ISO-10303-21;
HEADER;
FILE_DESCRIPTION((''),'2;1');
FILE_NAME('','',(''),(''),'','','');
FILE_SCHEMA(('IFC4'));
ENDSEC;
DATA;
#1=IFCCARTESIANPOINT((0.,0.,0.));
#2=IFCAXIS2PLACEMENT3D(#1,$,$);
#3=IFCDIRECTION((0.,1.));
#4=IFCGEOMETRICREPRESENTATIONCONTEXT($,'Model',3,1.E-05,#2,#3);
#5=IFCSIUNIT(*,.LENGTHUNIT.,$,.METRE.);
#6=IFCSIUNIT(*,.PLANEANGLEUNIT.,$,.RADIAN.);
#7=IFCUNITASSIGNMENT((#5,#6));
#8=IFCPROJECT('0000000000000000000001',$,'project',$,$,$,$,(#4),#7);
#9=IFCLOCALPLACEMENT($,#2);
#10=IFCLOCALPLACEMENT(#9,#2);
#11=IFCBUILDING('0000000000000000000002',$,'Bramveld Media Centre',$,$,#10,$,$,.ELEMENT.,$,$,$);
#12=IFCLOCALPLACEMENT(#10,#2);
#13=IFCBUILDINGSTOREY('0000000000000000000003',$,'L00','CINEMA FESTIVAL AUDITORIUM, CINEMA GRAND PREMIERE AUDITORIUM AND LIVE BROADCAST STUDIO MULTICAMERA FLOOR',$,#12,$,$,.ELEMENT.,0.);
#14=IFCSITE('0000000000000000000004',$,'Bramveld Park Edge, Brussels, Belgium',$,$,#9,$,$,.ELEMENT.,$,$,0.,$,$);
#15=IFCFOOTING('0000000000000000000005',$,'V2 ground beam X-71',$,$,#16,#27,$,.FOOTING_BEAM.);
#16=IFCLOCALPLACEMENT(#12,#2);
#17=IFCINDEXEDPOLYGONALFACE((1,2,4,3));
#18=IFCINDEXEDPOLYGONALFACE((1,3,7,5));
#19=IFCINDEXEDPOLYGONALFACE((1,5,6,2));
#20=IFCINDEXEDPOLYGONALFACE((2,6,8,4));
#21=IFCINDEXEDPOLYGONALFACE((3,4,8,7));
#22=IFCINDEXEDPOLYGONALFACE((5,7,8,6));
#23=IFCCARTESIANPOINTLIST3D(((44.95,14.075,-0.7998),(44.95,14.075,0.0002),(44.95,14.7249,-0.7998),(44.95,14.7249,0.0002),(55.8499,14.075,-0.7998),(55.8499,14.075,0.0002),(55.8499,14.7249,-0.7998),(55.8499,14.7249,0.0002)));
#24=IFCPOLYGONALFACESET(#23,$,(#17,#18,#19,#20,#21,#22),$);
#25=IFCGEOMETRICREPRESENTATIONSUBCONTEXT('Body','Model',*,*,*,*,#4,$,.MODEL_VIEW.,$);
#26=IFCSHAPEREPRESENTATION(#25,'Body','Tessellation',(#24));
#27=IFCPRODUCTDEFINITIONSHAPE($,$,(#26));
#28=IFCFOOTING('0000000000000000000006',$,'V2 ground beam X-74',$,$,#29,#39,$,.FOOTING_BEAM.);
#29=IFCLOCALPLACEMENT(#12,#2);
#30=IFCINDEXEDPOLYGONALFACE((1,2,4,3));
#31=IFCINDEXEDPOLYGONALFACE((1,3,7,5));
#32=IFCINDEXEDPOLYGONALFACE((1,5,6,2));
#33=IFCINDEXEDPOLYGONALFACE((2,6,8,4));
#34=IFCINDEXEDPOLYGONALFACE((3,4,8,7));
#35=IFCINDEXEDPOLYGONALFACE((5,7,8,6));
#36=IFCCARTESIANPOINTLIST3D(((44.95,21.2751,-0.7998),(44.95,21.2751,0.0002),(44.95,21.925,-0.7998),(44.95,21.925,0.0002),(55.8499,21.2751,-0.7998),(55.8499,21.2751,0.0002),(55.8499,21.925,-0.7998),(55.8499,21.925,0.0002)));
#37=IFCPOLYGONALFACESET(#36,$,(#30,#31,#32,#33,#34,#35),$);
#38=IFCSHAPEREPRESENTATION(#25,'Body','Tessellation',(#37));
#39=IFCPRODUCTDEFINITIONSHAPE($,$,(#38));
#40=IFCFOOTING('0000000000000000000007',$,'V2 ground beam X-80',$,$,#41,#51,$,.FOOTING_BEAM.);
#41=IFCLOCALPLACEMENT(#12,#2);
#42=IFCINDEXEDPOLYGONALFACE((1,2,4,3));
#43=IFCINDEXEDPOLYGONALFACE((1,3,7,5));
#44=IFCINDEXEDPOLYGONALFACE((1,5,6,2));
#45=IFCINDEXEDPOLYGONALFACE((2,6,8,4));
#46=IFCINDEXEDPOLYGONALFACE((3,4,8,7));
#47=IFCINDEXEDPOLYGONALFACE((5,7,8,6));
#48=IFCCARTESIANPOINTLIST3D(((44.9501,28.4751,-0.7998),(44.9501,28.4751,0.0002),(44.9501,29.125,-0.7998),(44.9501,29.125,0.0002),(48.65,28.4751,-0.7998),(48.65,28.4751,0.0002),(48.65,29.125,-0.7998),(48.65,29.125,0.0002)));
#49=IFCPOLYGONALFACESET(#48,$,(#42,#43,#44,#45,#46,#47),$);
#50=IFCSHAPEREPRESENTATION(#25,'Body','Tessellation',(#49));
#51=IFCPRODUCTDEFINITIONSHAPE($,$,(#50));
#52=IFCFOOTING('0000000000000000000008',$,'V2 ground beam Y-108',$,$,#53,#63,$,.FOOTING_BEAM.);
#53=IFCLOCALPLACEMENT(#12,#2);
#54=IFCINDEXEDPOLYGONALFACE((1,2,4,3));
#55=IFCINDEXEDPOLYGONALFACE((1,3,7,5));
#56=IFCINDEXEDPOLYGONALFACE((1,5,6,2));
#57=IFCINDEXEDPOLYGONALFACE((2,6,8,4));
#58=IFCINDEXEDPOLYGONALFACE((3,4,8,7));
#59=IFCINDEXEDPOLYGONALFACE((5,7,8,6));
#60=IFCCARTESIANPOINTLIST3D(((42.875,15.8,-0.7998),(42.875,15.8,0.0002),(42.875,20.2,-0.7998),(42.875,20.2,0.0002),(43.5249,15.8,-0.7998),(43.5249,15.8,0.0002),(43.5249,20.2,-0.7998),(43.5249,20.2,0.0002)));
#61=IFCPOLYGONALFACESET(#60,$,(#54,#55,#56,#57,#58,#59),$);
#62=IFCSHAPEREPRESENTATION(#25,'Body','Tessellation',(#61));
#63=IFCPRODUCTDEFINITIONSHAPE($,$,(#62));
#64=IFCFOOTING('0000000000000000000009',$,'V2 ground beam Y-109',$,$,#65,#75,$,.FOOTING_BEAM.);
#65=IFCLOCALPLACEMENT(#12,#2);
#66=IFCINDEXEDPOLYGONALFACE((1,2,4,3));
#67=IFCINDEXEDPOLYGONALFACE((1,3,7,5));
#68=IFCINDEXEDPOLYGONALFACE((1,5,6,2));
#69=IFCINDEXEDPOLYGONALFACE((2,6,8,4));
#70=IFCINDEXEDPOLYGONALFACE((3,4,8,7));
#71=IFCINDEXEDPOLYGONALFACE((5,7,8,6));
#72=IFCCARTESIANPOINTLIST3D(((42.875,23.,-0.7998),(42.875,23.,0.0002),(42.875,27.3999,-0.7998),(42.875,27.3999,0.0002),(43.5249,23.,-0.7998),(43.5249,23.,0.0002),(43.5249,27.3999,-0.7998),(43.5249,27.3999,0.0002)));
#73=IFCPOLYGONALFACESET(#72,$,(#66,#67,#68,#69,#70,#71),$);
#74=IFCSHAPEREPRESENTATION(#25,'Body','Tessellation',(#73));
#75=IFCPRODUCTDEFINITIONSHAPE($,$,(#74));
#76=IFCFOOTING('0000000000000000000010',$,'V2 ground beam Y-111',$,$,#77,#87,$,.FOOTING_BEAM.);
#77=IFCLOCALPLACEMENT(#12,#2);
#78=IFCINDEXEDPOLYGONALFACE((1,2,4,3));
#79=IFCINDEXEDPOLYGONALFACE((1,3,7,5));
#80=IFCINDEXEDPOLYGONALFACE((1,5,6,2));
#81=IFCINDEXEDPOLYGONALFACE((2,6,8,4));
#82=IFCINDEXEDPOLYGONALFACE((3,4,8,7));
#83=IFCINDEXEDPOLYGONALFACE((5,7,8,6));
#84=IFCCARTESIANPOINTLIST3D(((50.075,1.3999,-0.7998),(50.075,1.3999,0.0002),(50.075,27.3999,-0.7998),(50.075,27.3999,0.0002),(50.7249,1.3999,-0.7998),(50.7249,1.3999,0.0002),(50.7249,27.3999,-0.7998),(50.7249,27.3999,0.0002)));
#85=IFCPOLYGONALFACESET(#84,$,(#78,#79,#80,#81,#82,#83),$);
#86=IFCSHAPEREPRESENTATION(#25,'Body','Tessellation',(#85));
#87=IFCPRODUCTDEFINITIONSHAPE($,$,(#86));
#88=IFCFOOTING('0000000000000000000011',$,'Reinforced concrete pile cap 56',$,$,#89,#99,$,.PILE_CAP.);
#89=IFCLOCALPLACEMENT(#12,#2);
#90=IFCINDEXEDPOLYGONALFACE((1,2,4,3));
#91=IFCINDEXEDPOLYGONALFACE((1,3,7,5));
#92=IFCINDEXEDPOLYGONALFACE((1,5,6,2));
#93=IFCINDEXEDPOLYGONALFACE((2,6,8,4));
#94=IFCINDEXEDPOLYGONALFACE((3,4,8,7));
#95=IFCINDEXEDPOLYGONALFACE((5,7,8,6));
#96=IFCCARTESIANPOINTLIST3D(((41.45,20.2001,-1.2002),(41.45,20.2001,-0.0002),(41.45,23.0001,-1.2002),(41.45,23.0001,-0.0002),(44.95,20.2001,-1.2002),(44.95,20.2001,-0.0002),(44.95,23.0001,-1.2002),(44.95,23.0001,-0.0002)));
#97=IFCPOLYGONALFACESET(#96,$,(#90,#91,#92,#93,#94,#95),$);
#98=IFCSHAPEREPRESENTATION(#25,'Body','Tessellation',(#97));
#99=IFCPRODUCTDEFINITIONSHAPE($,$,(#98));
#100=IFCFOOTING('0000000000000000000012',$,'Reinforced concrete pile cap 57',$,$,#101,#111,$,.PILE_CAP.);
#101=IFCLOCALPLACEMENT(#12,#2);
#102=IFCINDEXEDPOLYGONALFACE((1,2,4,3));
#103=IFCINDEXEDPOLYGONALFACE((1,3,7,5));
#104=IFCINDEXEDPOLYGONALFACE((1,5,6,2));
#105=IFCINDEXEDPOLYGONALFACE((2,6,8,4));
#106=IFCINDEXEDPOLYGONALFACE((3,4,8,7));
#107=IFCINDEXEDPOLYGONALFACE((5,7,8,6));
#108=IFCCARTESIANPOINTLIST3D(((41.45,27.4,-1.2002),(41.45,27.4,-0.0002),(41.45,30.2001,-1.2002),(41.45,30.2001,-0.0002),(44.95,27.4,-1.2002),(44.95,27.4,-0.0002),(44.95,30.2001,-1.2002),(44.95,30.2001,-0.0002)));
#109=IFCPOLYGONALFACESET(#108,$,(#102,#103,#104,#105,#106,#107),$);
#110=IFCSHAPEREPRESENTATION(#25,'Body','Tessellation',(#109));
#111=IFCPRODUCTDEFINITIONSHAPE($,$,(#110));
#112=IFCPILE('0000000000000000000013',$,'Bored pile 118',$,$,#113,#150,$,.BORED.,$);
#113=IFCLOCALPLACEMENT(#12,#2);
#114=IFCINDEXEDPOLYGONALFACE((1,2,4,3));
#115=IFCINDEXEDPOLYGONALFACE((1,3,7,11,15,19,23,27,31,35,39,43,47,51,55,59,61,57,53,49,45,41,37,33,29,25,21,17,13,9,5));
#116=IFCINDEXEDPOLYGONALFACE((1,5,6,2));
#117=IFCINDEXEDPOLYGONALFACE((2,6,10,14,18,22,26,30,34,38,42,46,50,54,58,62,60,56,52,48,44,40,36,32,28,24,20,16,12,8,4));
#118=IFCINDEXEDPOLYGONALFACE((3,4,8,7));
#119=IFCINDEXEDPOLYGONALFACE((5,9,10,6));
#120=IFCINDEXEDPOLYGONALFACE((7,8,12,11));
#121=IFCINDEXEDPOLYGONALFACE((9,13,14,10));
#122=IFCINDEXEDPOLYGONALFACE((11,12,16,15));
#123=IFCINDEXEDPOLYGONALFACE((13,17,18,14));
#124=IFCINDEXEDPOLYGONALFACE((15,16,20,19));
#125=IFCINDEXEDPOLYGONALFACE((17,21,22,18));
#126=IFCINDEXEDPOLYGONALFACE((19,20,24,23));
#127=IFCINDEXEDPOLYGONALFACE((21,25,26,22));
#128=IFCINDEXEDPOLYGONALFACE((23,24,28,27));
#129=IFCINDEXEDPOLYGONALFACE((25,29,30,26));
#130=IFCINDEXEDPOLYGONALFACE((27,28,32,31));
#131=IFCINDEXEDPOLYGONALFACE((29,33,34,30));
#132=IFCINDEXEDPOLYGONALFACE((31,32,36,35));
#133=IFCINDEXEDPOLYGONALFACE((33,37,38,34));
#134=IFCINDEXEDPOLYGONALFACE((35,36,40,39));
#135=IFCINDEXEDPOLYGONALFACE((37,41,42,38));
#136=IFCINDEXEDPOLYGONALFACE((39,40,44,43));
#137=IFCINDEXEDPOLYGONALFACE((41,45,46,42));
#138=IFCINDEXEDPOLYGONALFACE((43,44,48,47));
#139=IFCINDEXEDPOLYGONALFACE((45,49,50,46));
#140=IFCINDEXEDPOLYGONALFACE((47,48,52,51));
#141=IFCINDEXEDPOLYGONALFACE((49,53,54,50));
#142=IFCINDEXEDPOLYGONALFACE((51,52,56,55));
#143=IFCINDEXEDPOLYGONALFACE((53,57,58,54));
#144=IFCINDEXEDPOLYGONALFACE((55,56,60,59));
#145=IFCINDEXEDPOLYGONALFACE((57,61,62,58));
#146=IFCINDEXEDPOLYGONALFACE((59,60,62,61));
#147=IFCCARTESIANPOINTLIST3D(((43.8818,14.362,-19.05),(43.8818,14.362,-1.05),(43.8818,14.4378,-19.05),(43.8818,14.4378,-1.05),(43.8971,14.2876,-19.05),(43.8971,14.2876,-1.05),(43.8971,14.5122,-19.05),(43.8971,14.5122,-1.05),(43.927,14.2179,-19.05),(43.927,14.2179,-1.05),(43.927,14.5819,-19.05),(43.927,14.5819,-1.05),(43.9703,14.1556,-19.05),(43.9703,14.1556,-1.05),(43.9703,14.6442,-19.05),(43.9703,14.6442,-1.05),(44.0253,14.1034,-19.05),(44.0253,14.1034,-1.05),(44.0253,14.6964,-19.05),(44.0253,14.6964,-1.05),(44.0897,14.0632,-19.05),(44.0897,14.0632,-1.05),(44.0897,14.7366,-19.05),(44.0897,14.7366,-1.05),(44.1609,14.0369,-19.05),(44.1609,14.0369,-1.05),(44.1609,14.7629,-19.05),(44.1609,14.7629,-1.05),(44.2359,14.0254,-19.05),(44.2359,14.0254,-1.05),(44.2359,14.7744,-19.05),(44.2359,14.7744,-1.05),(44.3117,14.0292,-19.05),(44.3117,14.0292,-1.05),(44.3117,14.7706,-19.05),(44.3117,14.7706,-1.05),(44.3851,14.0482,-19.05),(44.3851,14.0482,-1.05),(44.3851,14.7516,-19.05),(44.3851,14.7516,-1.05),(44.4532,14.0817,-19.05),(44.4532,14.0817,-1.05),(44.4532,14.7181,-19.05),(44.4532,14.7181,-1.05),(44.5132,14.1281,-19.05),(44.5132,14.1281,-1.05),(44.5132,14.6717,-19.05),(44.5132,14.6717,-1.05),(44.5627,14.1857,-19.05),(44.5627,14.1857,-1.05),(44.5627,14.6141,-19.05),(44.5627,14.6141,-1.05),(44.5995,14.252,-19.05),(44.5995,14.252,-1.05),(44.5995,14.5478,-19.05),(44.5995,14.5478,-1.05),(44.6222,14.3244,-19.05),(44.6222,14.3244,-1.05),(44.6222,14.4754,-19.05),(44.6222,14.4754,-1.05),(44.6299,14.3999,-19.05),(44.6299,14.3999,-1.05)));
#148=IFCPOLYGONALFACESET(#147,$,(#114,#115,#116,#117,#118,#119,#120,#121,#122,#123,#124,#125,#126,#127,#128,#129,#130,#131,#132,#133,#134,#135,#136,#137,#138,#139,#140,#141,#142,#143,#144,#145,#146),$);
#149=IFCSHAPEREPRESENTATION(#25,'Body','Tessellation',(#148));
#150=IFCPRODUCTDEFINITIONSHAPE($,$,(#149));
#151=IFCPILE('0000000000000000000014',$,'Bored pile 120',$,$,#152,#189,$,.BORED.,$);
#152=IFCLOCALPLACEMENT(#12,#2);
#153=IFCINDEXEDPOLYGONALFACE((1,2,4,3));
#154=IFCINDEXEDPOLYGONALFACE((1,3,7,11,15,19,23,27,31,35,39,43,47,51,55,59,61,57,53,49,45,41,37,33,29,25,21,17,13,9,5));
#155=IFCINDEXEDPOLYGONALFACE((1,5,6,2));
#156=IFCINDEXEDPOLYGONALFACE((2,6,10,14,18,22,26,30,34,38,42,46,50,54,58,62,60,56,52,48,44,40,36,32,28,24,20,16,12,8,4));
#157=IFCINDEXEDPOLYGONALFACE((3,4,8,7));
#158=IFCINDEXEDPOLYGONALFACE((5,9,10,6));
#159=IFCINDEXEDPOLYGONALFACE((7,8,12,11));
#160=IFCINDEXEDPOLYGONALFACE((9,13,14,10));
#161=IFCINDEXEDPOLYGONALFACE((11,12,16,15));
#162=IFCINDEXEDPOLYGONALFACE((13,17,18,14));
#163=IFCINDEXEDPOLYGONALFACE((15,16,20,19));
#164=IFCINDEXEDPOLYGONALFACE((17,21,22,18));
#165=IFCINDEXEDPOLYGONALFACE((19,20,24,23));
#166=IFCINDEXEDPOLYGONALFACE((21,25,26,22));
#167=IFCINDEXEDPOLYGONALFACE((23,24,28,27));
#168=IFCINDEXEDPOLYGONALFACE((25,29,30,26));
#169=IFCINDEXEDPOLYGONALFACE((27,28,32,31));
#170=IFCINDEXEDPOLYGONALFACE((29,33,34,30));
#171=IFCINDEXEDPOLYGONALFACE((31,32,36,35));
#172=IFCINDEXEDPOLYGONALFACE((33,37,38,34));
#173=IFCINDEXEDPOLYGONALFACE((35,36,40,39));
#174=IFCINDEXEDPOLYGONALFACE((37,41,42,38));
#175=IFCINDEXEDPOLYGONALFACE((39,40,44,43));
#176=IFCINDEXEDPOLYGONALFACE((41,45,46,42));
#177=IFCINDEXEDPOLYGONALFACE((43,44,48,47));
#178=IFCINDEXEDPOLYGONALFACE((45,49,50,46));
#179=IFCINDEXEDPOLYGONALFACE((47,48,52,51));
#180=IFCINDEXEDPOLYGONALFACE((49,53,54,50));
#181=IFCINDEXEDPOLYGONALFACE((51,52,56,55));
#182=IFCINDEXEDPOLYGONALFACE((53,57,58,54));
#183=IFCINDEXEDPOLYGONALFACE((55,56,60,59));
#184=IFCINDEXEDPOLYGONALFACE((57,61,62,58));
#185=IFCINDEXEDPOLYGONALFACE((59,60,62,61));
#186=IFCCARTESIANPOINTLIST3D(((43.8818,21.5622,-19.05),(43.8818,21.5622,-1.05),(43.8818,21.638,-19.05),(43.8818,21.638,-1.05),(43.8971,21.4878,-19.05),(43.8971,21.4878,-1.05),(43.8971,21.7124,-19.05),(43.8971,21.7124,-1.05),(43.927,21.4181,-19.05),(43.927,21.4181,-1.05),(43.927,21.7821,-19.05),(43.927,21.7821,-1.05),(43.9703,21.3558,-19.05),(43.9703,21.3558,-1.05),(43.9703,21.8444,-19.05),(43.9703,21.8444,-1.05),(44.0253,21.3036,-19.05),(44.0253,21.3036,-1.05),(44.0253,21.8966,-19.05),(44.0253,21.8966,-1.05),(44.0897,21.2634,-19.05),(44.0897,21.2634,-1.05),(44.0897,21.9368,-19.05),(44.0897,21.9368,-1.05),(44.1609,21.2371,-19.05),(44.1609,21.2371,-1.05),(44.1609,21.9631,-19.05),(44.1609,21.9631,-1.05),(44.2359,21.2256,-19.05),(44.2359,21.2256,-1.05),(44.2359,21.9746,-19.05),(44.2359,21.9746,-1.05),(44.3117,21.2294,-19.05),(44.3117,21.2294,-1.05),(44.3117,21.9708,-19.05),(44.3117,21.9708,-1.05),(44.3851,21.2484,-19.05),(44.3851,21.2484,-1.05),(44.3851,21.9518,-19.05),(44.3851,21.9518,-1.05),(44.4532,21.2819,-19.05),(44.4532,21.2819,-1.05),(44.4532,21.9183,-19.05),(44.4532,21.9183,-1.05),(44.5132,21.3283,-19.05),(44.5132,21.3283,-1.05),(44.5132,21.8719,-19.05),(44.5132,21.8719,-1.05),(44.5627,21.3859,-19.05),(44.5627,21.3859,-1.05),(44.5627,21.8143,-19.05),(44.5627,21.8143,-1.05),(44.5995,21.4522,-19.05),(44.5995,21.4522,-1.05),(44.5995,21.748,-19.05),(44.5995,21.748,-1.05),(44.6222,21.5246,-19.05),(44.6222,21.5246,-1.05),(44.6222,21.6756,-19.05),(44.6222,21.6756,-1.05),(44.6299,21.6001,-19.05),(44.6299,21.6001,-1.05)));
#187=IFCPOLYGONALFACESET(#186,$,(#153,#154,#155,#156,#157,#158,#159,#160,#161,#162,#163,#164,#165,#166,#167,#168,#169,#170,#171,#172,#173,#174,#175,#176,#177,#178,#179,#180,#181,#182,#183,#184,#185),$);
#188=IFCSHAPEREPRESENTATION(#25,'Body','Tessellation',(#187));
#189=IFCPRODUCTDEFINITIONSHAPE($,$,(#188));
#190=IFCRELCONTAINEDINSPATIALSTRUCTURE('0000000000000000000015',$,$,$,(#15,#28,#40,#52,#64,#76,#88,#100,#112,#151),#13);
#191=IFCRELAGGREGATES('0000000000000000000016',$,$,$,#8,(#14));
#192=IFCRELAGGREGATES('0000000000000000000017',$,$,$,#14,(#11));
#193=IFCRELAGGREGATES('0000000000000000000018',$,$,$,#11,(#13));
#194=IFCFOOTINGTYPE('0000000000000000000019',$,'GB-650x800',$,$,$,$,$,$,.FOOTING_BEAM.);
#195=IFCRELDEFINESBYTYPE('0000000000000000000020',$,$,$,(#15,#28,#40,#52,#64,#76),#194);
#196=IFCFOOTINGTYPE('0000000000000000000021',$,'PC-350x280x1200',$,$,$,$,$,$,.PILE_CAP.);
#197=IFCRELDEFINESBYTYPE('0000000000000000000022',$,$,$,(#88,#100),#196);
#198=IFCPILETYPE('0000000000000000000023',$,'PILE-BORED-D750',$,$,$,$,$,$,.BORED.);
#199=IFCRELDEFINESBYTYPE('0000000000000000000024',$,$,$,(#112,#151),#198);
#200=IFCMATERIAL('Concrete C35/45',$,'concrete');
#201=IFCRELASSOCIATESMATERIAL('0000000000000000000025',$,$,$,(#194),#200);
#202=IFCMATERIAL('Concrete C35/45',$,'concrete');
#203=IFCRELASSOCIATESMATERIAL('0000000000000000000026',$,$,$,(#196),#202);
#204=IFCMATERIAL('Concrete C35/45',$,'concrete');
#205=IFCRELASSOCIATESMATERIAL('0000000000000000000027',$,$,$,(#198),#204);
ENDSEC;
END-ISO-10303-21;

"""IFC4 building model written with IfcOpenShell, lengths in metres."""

from ifc_helpers import new_model, si_unit, direction, frame, origin, origin_2d, place, context, subcontext, project, spatial, rectangle, circle, extrude, material, material_profile, profile_set, type_object, element, save


model = new_model("IFC4")

# Units and contexts
model_context = context("Model", 3, precision=1e-05, world=origin(), true_north=direction((0.0, 1.0)))
body_context = subcontext(model_context, "Body", "Model", "MODEL_VIEW")
ifc_project = project(units=[si_unit("LENGTHUNIT", "METRE"), si_unit("PLANEANGLEUNIT", "RADIAN")], contexts=[model_context])

# Site, building, storey
site_placement = place(None, origin())
site = spatial("IfcSite", under=ifc_project, at=site_placement, Name="Bramveld Park Edge, Brussels, Belgium", CompositionType="ELEMENT", RefElevation=0.0)
building_placement = place(site_placement, origin())
building = spatial("IfcBuilding", under=site, at=building_placement, Name="Bramveld Media Centre", CompositionType="ELEMENT")
storey_placement = place(building_placement, origin())
storey = spatial("IfcBuildingStorey", under=building, at=storey_placement, Name="L00", Description="CINEMA FESTIVAL AUDITORIUM, CINEMA GRAND PREMIERE AUDITORIUM AND LIVE BROADCAST STUDIO MULTICAMERA FLOOR", CompositionType="ELEMENT", Elevation=0.0)

# Footings
ifc_material_1 = material(Name="Concrete C35/45", Category="concrete")
footing_type_1 = type_object("IfcFootingType", Name="GB-650x800", PredefinedType="FOOTING_BEAM", material=ifc_material_1)
for number, where, z_axis, x_axis, name in (
    (1, (50.3999, 14.3999, -0.7998), (0.0, 0.0, 1.0), (1.0, 0.0, 0.0), "V2 ground beam X-71"),
    (2, (50.3999, 21.6001, -0.7998), (0.0, 0.0, 1.0), (1.0, 0.0, 0.0), "V2 ground beam X-74"),
):
    element("IfcFooting", number, at=place(storey_placement, frame(where, z_axis=z_axis, x_axis=x_axis)), inside=storey, type_object=footing_type_1, Name=name, PredefinedType="FOOTING_BEAM", context=body_context, shape_type="SweptSolid", body=[
        extrude(rectangle(XDim=10.8999, YDim=0.6499, at=origin_2d()), origin(), (0.0, 0.0, 1.0), 0.8),
    ])
footing_1_placement = place(storey_placement, frame((46.8, 28.8, -0.7998), z_axis=(0.0, 0.0, 1.0), x_axis=(1.0, 0.0, 0.0)))
element("IfcFooting", 3, at=footing_1_placement, inside=storey, type_object=footing_type_1, Name="V2 ground beam X-80", PredefinedType="FOOTING_BEAM", context=body_context, shape_type="SweptSolid", body=[
    extrude(rectangle(XDim=3.7, YDim=0.6499, at=origin_2d()), origin(), (0.0, 0.0, 1.0), 0.8),
])
for number, where, z_axis, x_axis, name in (
    (4, (43.2, 18.0, -0.7998), (0.0, 0.0, 1.0), (1.0, 0.0, 0.0), "V2 ground beam Y-108"),
    (5, (43.2, 25.2, -0.7998), (0.0, 0.0, 1.0), (1.0, 0.0, 0.0), "V2 ground beam Y-109"),
):
    element("IfcFooting", number, at=place(storey_placement, frame(where, z_axis=z_axis, x_axis=x_axis)), inside=storey, type_object=footing_type_1, Name=name, PredefinedType="FOOTING_BEAM", context=body_context, shape_type="SweptSolid", body=[
        extrude(rectangle(XDim=0.6499, YDim=4.3999, at=origin_2d()), origin(), (0.0, 0.0, 1.0), 0.8),
    ])
footing_2_placement = place(storey_placement, frame((50.3999, 14.3999, -0.7998), z_axis=(0.0, 0.0, 1.0), x_axis=(1.0, 0.0, 0.0)))
element("IfcFooting", 6, at=footing_2_placement, inside=storey, type_object=footing_type_1, Name="V2 ground beam Y-111", PredefinedType="FOOTING_BEAM", context=body_context, shape_type="SweptSolid", body=[
    extrude(rectangle(XDim=0.6499, YDim=26.0, at=origin_2d()), origin(), (0.0, 0.0, 1.0), 0.8),
])
ifc_material_2 = material(Name="Concrete C35/45", Category="concrete")
footing_type_2 = type_object("IfcFootingType", Name="PC-350x280x1200", PredefinedType="PILE_CAP", material=ifc_material_2)
for number, where, z_axis, x_axis, name in (
    (7, (43.2, 21.6001, -1.2002), (0.0, 0.0, 1.0), (1.0, 0.0, 0.0), "Reinforced concrete pile cap 56"),
    (8, (43.2, 28.8, -1.2002), (0.0, 0.0, 1.0), (1.0, 0.0, 0.0), "Reinforced concrete pile cap 57"),
):
    element("IfcFooting", number, at=place(storey_placement, frame(where, z_axis=z_axis, x_axis=x_axis)), inside=storey, type_object=footing_type_2, Name=name, PredefinedType="PILE_CAP", context=body_context, shape_type="SweptSolid", body=[
        extrude(rectangle(XDim=3.5, YDim=2.8, at=origin_2d()), origin(), (0.0, 0.0, 1.0), 1.2),
    ])

# Piles
ifc_material_3 = material(Name="Concrete C35/45", Category="concrete")
ifc_material_profile_1 = material_profile(ifc_material_3, circle(Radius=0.375, at=origin_2d()), Name="BORED D750")
ifc_profile_set_1 = profile_set([ifc_material_profile_1], Name="Concrete C35/45")
pile_type = type_object("IfcPileType", Name="PILE-BORED-D750", PredefinedType="BORED", material=ifc_profile_set_1)
for number, where, z_axis, x_axis, name in (
    (9, (44.2549, 14.3999, -1.05), (0.0, 0.0, -1.0), (1.0, 0.0, 0.0), "Bored pile 118"),
    (10, (44.2549, 21.6001, -1.05), (0.0, 0.0, -1.0), (1.0, 0.0, 0.0), "Bored pile 120"),
):
    element("IfcPile", number, at=place(storey_placement, frame(where, z_axis=z_axis, x_axis=x_axis)), inside=storey, type_object=pile_type, Name=name, PredefinedType="BORED", context=body_context, shape_type="SweptSolid", body=[
        extrude(circle(Radius=0.375, at=origin_2d()), origin(), (0.0, 0.0, 1.0), 18.0),
    ])

save(model, "model.ifc")
